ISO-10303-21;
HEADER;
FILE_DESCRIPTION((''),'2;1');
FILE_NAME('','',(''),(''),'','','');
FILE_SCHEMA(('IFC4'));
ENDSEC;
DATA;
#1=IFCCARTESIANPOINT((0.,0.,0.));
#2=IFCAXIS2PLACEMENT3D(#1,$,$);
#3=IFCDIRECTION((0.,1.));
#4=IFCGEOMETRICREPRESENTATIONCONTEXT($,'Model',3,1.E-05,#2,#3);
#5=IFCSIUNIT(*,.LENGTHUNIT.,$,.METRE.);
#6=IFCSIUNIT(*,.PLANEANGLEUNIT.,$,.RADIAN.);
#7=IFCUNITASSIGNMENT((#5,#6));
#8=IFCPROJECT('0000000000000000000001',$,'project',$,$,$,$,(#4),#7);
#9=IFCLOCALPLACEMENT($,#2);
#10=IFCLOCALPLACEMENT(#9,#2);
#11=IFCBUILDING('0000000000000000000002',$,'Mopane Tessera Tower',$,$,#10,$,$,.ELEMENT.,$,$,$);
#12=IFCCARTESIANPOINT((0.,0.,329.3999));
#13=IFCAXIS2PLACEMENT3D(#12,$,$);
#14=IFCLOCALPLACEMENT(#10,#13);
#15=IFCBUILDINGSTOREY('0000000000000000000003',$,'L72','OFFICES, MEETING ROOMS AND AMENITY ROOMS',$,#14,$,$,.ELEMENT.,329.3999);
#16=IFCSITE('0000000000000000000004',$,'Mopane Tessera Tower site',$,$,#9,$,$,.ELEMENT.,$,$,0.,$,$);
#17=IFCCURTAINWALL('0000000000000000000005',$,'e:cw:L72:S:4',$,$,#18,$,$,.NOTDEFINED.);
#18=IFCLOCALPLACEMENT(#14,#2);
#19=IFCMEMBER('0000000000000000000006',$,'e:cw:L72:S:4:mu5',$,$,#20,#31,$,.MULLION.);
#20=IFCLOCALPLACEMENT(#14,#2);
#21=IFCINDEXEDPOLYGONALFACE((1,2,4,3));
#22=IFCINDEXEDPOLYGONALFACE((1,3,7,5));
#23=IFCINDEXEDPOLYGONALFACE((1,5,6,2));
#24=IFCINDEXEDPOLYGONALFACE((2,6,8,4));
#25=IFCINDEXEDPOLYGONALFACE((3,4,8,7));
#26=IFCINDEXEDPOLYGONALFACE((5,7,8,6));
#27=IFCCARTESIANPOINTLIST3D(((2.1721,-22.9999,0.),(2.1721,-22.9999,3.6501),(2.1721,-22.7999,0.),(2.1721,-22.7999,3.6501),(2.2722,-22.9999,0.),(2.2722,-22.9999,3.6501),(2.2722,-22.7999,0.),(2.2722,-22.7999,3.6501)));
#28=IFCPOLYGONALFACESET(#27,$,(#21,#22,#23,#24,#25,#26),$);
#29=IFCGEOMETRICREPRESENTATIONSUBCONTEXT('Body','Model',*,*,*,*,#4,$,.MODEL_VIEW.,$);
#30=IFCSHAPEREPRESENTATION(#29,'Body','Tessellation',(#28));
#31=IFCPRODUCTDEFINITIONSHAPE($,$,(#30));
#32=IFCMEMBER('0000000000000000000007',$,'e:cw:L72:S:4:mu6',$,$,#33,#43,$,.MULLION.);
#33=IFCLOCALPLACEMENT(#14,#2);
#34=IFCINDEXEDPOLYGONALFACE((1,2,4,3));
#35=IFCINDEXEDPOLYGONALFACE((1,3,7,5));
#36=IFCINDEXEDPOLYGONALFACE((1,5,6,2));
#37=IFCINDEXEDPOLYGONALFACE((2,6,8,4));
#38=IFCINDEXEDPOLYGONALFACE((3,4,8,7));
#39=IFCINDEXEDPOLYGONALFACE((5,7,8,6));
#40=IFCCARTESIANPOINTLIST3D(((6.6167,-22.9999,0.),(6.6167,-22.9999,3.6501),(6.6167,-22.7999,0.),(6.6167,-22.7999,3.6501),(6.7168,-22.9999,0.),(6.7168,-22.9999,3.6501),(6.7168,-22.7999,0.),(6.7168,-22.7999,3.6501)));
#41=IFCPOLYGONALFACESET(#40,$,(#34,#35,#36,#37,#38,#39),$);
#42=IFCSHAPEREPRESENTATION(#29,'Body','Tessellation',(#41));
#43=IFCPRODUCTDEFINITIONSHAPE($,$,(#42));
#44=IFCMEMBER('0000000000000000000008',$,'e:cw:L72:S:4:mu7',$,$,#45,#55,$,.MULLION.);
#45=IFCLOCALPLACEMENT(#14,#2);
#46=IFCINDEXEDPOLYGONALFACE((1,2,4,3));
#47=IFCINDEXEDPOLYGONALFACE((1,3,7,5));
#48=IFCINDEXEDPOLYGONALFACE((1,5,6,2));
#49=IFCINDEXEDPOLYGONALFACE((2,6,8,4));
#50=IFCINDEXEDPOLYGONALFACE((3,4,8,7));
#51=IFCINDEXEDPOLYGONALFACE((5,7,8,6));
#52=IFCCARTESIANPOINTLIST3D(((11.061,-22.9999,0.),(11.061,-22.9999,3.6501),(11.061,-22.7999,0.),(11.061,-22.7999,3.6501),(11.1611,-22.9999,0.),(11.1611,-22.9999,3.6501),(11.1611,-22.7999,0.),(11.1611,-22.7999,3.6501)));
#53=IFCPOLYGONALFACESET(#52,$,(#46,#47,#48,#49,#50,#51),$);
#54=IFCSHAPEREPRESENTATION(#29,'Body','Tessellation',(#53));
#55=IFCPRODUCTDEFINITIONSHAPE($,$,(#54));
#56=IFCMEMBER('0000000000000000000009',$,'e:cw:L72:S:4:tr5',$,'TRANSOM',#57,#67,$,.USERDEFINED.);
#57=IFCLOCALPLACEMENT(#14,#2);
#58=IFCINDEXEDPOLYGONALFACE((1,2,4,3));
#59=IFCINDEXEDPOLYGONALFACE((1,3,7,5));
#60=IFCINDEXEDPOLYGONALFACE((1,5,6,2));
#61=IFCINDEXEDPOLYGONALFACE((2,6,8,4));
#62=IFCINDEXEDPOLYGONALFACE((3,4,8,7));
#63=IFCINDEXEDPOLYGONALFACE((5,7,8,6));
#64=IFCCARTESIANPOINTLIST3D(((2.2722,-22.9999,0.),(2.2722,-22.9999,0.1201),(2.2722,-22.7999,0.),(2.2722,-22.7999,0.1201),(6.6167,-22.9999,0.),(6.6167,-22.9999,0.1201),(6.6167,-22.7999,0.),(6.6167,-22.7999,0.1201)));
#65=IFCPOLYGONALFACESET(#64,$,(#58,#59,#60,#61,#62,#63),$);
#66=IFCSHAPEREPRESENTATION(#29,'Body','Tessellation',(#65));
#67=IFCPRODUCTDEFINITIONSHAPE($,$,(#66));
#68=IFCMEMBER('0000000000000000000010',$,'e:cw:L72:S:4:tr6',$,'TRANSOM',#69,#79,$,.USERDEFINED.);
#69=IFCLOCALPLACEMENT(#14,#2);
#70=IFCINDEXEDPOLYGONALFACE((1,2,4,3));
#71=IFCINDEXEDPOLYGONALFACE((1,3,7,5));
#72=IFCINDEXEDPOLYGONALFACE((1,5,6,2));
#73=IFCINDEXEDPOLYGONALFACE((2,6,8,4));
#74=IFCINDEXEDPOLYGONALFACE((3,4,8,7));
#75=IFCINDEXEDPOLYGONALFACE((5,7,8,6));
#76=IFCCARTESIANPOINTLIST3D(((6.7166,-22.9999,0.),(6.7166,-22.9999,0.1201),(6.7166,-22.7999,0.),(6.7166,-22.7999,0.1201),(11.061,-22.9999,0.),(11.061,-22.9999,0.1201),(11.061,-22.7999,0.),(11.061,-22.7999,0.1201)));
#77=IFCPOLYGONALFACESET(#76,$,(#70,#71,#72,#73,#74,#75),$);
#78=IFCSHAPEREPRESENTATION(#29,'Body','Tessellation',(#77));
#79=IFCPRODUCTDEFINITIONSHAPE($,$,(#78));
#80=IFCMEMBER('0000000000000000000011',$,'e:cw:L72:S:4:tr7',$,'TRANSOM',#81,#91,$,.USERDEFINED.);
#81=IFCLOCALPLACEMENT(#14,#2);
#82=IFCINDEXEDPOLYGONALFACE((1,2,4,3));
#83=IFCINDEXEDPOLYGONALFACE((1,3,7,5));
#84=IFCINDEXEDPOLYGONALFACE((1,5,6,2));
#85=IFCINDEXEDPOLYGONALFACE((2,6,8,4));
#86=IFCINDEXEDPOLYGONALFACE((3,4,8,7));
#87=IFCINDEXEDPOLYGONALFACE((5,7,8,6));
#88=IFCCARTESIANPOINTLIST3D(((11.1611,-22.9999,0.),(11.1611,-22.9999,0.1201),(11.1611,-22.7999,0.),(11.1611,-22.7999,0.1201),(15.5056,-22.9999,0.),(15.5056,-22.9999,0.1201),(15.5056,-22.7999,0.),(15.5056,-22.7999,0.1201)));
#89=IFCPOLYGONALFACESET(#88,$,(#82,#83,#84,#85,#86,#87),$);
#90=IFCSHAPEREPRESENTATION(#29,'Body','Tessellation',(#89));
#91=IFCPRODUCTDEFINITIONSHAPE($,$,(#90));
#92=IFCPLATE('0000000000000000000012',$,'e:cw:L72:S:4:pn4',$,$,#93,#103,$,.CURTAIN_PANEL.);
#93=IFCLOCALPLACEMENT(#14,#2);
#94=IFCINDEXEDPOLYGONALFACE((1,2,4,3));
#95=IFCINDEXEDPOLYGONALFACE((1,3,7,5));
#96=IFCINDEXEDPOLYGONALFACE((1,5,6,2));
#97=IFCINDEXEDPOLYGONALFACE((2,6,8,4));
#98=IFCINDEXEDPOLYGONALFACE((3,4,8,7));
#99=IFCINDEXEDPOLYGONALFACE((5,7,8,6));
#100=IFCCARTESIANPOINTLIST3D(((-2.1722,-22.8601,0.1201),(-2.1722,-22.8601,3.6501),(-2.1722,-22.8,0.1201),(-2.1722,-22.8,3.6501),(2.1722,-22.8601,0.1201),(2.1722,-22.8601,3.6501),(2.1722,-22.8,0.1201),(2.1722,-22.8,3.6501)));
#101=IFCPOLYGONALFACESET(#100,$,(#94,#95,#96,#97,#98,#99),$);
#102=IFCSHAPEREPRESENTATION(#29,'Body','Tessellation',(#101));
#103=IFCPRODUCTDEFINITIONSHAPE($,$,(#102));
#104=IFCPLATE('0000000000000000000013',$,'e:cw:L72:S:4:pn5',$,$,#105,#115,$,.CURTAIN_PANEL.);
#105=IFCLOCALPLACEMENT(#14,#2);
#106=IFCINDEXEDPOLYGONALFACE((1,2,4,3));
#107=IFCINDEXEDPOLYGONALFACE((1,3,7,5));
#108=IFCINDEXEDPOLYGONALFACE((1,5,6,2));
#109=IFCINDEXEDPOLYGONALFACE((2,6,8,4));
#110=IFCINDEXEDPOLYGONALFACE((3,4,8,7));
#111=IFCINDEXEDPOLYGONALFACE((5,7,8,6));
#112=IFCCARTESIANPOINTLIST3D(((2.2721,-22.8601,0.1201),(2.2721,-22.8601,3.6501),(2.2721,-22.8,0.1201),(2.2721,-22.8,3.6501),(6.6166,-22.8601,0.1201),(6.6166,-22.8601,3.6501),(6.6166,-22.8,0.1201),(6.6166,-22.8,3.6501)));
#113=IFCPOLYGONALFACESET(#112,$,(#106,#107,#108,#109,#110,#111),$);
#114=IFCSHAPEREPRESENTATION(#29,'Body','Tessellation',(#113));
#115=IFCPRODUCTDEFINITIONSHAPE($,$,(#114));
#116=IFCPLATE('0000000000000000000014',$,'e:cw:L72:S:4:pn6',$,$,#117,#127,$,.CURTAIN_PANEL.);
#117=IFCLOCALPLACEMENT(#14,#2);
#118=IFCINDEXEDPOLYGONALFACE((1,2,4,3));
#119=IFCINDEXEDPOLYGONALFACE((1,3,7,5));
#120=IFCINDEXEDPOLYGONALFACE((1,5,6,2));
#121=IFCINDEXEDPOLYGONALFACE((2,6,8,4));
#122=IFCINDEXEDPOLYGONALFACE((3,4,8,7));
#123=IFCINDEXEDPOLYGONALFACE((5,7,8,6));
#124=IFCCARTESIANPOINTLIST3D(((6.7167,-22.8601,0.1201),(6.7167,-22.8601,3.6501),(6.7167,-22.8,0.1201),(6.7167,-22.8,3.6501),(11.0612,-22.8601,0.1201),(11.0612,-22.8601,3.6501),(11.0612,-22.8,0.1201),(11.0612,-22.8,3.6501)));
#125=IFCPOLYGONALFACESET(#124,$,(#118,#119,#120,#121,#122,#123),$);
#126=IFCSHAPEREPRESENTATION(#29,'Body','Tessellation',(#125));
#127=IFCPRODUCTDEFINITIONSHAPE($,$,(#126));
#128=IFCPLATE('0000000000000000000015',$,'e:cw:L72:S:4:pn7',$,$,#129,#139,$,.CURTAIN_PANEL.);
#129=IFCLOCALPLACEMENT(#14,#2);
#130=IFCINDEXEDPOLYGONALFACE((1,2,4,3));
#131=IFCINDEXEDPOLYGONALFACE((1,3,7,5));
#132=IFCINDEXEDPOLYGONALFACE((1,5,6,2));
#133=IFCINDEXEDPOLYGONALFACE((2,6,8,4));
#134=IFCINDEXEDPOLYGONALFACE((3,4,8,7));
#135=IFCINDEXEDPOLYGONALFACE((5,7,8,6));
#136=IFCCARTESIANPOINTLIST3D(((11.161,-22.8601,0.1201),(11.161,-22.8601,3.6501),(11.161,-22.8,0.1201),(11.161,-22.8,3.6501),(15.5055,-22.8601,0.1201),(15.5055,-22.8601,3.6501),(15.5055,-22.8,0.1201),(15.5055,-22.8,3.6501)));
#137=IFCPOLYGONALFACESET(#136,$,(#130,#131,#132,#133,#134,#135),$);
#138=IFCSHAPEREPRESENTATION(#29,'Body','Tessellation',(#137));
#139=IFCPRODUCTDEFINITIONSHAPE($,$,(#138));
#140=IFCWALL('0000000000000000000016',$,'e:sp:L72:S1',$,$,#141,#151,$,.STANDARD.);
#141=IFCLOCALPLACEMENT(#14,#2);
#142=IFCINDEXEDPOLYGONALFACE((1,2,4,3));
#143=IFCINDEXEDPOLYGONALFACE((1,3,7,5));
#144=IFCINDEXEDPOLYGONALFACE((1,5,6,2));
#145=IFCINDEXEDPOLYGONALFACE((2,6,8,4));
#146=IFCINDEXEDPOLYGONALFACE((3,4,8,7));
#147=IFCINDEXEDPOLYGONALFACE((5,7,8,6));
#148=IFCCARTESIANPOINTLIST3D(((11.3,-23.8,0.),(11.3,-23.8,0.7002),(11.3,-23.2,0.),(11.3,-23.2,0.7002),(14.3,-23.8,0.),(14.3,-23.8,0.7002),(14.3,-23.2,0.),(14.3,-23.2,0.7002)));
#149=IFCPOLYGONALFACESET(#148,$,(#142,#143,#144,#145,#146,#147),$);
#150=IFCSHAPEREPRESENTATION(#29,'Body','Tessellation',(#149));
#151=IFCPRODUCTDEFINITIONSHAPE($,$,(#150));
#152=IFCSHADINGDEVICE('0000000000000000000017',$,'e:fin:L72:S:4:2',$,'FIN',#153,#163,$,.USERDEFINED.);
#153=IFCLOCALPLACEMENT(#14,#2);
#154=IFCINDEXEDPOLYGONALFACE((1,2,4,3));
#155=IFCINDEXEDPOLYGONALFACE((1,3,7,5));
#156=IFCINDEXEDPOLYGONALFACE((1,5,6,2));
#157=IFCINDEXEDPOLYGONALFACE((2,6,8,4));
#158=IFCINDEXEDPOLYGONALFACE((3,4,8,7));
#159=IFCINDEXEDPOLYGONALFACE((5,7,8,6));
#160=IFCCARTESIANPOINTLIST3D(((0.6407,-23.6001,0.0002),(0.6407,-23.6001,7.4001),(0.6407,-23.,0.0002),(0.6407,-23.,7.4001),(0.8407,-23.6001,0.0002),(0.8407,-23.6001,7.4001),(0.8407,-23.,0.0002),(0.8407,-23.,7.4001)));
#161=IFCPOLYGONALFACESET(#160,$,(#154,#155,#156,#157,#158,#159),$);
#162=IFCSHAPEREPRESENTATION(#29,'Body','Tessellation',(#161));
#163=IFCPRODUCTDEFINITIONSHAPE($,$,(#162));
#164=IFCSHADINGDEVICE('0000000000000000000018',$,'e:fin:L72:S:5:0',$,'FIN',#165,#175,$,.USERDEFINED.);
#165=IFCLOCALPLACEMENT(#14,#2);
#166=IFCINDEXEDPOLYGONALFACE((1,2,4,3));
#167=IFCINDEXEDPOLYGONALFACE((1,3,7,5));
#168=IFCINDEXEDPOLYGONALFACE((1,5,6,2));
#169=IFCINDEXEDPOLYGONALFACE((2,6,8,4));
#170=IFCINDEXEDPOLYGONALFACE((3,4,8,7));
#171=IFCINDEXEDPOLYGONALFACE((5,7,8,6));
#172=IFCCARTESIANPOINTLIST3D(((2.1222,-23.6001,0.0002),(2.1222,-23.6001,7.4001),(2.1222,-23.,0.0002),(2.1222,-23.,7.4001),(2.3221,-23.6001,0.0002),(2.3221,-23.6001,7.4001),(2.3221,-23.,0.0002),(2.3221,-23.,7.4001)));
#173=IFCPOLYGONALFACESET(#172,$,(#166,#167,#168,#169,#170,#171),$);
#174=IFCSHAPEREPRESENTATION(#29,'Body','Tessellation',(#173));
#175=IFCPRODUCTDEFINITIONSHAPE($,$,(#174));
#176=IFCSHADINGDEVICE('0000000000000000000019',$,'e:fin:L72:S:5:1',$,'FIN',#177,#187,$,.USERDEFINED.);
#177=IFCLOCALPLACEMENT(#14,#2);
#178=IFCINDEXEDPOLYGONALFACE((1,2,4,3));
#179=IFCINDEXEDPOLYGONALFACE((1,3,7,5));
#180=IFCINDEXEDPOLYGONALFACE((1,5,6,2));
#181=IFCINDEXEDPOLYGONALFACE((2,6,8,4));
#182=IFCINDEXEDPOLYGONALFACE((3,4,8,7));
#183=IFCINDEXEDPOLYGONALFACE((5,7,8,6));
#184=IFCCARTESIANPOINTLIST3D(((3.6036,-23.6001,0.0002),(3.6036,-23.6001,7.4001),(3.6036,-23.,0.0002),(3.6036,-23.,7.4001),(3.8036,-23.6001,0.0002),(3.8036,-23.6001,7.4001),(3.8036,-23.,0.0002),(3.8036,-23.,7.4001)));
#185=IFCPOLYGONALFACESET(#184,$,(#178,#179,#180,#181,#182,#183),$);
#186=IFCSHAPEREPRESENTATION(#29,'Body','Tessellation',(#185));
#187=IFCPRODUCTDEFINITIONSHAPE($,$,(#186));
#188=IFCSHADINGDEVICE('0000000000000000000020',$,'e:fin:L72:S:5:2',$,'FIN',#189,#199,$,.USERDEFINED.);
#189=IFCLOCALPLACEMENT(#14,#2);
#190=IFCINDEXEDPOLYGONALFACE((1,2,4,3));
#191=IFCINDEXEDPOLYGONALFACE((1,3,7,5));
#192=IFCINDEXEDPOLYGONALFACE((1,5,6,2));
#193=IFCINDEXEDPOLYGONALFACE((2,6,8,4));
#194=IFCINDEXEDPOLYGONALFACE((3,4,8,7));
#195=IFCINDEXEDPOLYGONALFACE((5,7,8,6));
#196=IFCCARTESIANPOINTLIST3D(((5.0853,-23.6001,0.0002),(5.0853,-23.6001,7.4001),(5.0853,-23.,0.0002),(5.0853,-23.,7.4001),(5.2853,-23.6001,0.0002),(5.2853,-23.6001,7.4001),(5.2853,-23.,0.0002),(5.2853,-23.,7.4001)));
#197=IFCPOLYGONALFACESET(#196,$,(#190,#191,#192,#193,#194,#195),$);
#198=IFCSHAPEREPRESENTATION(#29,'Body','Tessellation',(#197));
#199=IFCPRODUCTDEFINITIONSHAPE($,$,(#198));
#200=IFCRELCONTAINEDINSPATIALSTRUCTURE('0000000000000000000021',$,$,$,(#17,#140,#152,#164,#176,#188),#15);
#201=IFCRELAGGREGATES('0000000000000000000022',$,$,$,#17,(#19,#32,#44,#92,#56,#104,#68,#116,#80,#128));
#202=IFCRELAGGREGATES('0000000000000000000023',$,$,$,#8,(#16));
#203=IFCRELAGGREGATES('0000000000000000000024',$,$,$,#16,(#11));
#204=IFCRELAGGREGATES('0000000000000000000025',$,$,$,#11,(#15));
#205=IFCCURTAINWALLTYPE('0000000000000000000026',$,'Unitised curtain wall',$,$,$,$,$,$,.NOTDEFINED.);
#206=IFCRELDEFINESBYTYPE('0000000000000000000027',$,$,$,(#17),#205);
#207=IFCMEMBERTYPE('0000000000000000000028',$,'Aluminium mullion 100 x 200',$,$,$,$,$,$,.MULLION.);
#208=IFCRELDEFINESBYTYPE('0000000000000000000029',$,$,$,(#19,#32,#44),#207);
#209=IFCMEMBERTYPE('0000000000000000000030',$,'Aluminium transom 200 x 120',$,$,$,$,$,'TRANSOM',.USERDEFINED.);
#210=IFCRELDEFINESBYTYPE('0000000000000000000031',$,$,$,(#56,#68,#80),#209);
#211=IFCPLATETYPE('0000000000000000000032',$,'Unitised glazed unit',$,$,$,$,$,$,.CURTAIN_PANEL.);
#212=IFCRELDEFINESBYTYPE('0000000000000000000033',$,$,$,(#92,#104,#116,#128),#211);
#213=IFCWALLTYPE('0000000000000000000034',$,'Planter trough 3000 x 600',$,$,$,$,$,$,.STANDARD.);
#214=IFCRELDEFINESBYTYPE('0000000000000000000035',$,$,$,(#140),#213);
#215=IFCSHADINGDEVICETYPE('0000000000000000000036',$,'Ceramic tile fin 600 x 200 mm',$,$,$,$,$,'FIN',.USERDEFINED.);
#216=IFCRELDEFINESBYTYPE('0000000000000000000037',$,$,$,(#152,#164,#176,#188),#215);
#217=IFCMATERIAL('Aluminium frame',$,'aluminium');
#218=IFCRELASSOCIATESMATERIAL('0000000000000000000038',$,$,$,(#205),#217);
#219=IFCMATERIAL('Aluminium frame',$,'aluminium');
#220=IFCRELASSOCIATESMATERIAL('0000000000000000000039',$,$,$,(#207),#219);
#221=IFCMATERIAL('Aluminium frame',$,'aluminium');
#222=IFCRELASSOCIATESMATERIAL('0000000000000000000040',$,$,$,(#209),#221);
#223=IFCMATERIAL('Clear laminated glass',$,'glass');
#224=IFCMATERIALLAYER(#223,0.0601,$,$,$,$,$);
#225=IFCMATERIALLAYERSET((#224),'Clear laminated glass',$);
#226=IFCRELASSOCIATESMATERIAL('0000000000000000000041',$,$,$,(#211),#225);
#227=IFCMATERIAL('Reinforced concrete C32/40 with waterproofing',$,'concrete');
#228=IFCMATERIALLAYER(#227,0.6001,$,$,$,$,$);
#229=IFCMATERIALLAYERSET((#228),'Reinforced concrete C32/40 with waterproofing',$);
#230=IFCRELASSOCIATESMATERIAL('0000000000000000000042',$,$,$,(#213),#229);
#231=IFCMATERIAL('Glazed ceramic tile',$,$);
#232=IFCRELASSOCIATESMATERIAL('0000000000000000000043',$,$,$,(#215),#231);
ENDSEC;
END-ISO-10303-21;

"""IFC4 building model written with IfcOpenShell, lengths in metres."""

from ifc_helpers import new_model, si_unit, direction, frame, frame_2d, origin, origin_2d, place, context, subcontext, project, spatial, rectangle, extrude, material, layer, layer_set, material_profile, profile_set, type_object, element, aggregate, save


model = new_model("IFC4")

# Units and contexts
model_context = context("Model", 3, precision=1e-05, world=origin(), true_north=direction((0.0, 1.0)))
body_context = subcontext(model_context, "Body", "Model", "MODEL_VIEW")
ifc_project = project(units=[si_unit("LENGTHUNIT", "METRE"), si_unit("PLANEANGLEUNIT", "RADIAN")], contexts=[model_context])

# Site, building, storey
site_placement = place(None, origin())
site = spatial("IfcSite", under=ifc_project, at=site_placement, Name="Mopane Tessera Tower site", CompositionType="ELEMENT", RefElevation=0.0)
building_placement = place(site_placement, origin())
building = spatial("IfcBuilding", under=site, at=building_placement, Name="Mopane Tessera Tower", CompositionType="ELEMENT")
storey_placement = place(building_placement, frame((0.0, 0.0, 329.3999)))
storey = spatial("IfcBuildingStorey", under=building, at=storey_placement, Name="L72", Description="OFFICES, MEETING ROOMS AND AMENITY ROOMS", CompositionType="ELEMENT", Elevation=329.3999)

# Curtain wall, members, plates
ifc_material_1 = material(Name="Aluminium frame", Category="aluminium")
curtain_wall_type = type_object("IfcCurtainWallType", Name="Unitised curtain wall", PredefinedType="NOTDEFINED", material=ifc_material_1)
curtain_wall_placement = place(storey_placement, origin())
curtain_wall = element("IfcCurtainWall", 1, at=curtain_wall_placement, inside=storey, type_object=curtain_wall_type, Name="e:cw:L72:S:4", PredefinedType="NOTDEFINED")
ifc_material_2 = material(Name="Aluminium frame", Category="aluminium")
ifc_material_profile_1 = material_profile(ifc_material_2, rectangle(XDim=0.1001, YDim=0.2, at=origin_2d()))
ifc_profile_set_1 = profile_set([ifc_material_profile_1], Name="Aluminium frame")
member_type_1 = type_object("IfcMemberType", Name="Aluminium mullion 100 x 200", PredefinedType="MULLION", material=ifc_profile_set_1)
member_1_placement = place(storey_placement, frame((2.2222, -22.8999, 0.0), z_axis=(0.0, 0.0, 1.0), x_axis=(1.0, 0.0, 0.0)))
member_1 = element("IfcMember", 2, at=member_1_placement, type_object=member_type_1, Name="e:cw:L72:S:4:mu5", PredefinedType="MULLION", context=body_context, shape_type="SweptSolid", body=[
    extrude(rectangle(XDim=0.1001, YDim=0.2, at=origin_2d()), origin(), (0.0, 0.0, 1.0), 3.6501),
])
member_2_placement = place(storey_placement, frame((6.6667, -22.8999, 0.0), z_axis=(0.0, 0.0, 1.0), x_axis=(1.0, 0.0, 0.0)))
member_2 = element("IfcMember", 3, at=member_2_placement, type_object=member_type_1, Name="e:cw:L72:S:4:mu6", PredefinedType="MULLION", context=body_context, shape_type="SweptSolid", body=[
    extrude(rectangle(XDim=0.1001, YDim=0.2, at=origin_2d()), origin(), (0.0, 0.0, 1.0), 3.6501),
])
member_3_placement = place(storey_placement, frame((11.1111, -22.8999, 0.0), z_axis=(0.0, 0.0, 1.0), x_axis=(1.0, 0.0, 0.0)))
member_3 = element("IfcMember", 4, at=member_3_placement, type_object=member_type_1, Name="e:cw:L72:S:4:mu7", PredefinedType="MULLION", context=body_context, shape_type="SweptSolid", body=[
    extrude(rectangle(XDim=0.1001, YDim=0.2, at=origin_2d()), origin(), (0.0, 0.0, 1.0), 3.6501),
])
ifc_material_3 = material(Name="Aluminium frame", Category="aluminium")
ifc_material_profile_2 = material_profile(ifc_material_3, rectangle(XDim=0.2, YDim=0.1201, at=origin_2d()))
ifc_profile_set_2 = profile_set([ifc_material_profile_2], Name="Aluminium frame")
member_type_2 = type_object("IfcMemberType", Name="Aluminium transom 200 x 120", ElementType="TRANSOM", PredefinedType="USERDEFINED", material=ifc_profile_set_2)
member_4_placement = place(storey_placement, frame((2.2722, -22.8999, 0.0601), z_axis=(1.0, 0.0, 0.0), x_axis=(0.0, 1.0, 0.0)))
member_4 = element("IfcMember", 5, at=member_4_placement, type_object=member_type_2, Name="e:cw:L72:S:4:tr5", ObjectType="TRANSOM", PredefinedType="USERDEFINED", context=body_context, shape_type="SweptSolid", body=[
    extrude(rectangle(XDim=0.2, YDim=0.1201, at=origin_2d()), origin(), (0.0, 0.0, 1.0), 4.3445),
])
member_5_placement = place(storey_placement, frame((6.7166, -22.8999, 0.0601), z_axis=(1.0, 0.0, 0.0), x_axis=(0.0, 1.0, 0.0)))
member_5 = element("IfcMember", 6, at=member_5_placement, type_object=member_type_2, Name="e:cw:L72:S:4:tr6", ObjectType="TRANSOM", PredefinedType="USERDEFINED", context=body_context, shape_type="SweptSolid", body=[
    extrude(rectangle(XDim=0.2, YDim=0.1201, at=origin_2d()), origin(), (0.0, 0.0, 1.0), 4.3445),
])
member_6_placement = place(storey_placement, frame((11.1611, -22.8999, 0.0601), z_axis=(1.0, 0.0, 0.0), x_axis=(0.0, 1.0, 0.0)))
member_6 = element("IfcMember", 7, at=member_6_placement, type_object=member_type_2, Name="e:cw:L72:S:4:tr7", ObjectType="TRANSOM", PredefinedType="USERDEFINED", context=body_context, shape_type="SweptSolid", body=[
    extrude(rectangle(XDim=0.2, YDim=0.1201, at=origin_2d()), origin(), (0.0, 0.0, 1.0), 4.3445),
])
ifc_material_4 = material(Name="Clear laminated glass", Category="glass")
ifc_layer_1 = layer(ifc_material_4, 0.0601)
ifc_layer_set_1 = layer_set([ifc_layer_1], Name="Clear laminated glass")
plate_type = type_object("IfcPlateType", Name="Unitised glazed unit", PredefinedType="CURTAIN_PANEL", material=ifc_layer_set_1)
plate_1_placement = place(storey_placement, frame((0.0, -22.8301, 0.1201), z_axis=(0.0, 0.0, 1.0), x_axis=(1.0, 0.0, 0.0)))
plate_1 = element("IfcPlate", 8, at=plate_1_placement, type_object=plate_type, Name="e:cw:L72:S:4:pn4", PredefinedType="CURTAIN_PANEL", context=body_context, shape_type="SweptSolid", body=[
    extrude(rectangle(XDim=4.3445, YDim=0.0601, at=origin_2d()), origin(), (0.0, 0.0, 1.0), 3.53),
])
plate_2_placement = place(storey_placement, frame((4.4443, -22.8301, 0.1201), z_axis=(0.0, 0.0, 1.0), x_axis=(1.0, 0.0, 0.0)))
plate_2 = element("IfcPlate", 9, at=plate_2_placement, type_object=plate_type, Name="e:cw:L72:S:4:pn5", PredefinedType="CURTAIN_PANEL", context=body_context, shape_type="SweptSolid", body=[
    extrude(rectangle(XDim=4.3445, YDim=0.0601, at=origin_2d()), origin(), (0.0, 0.0, 1.0), 3.53),
])
plate_3_placement = place(storey_placement, frame((8.8889, -22.8301, 0.1201), z_axis=(0.0, 0.0, 1.0), x_axis=(1.0, 0.0, 0.0)))
plate_3 = element("IfcPlate", 10, at=plate_3_placement, type_object=plate_type, Name="e:cw:L72:S:4:pn6", PredefinedType="CURTAIN_PANEL", context=body_context, shape_type="SweptSolid", body=[
    extrude(rectangle(XDim=4.3445, YDim=0.0601, at=origin_2d()), origin(), (0.0, 0.0, 1.0), 3.53),
])
plate_4_placement = place(storey_placement, frame((13.3333, -22.8301, 0.1201), z_axis=(0.0, 0.0, 1.0), x_axis=(1.0, 0.0, 0.0)))
plate_4 = element("IfcPlate", 11, at=plate_4_placement, type_object=plate_type, Name="e:cw:L72:S:4:pn7", PredefinedType="CURTAIN_PANEL", context=body_context, shape_type="SweptSolid", body=[
    extrude(rectangle(XDim=4.3445, YDim=0.0601, at=origin_2d()), origin(), (0.0, 0.0, 1.0), 3.53),
])
aggregate(curtain_wall, [member_1, member_2, member_3, plate_1, member_4, plate_2, member_5, plate_3, member_6, plate_4])

# Wall
ifc_material_5 = material(Name="Reinforced concrete C32/40 with waterproofing", Category="concrete")
ifc_layer_2 = layer(ifc_material_5, 0.6001)
ifc_layer_set_2 = layer_set([ifc_layer_2], Name="Reinforced concrete C32/40 with waterproofing")
wall_type = type_object("IfcWallType", Name="Planter trough 3000 x 600", PredefinedType="STANDARD", material=ifc_layer_set_2)
wall_placement = place(storey_placement, frame((11.3, -23.5, 0.0), z_axis=(0.0, 0.0, 1.0), x_axis=(1.0, 0.0, 0.0)))
element("IfcWall", 12, at=wall_placement, inside=storey, type_object=wall_type, Name="e:sp:L72:S1", PredefinedType="STANDARD", context=body_context, shape_type="SweptSolid", body=[
    extrude(rectangle(XDim=3.0, YDim=0.6001, at=frame_2d((1.5, 0.0))), origin(), (0.0, 0.0, 1.0), 0.7002),
])

# Shading devices
ifc_material_6 = material(Name="Glazed ceramic tile")
shading_device_type = type_object("IfcShadingDeviceType", Name="Ceramic tile fin 600 x 200 mm", ElementType="FIN", PredefinedType="USERDEFINED", material=ifc_material_6)
for number, where, z_axis, x_axis, name in (
    (13, (0.7407, -23.3, 0.0002), (0.0, 0.0, 1.0), (1.0, 0.0, 0.0), "e:fin:L72:S:4:2"),
    (14, (2.2222, -23.3, 0.0002), (0.0, 0.0, 1.0), (1.0, 0.0, 0.0), "e:fin:L72:S:5:0"),
    (15, (3.7036, -23.3, 0.0002), (0.0, 0.0, 1.0), (1.0, 0.0, 0.0), "e:fin:L72:S:5:1"),
    (16, (5.1853, -23.3, 0.0002), (0.0, 0.0, 1.0), (1.0, 0.0, 0.0), "e:fin:L72:S:5:2"),
):
    element("IfcShadingDevice", number, at=place(storey_placement, frame(where, z_axis=z_axis, x_axis=x_axis)), inside=storey, type_object=shading_device_type, Name=name, ObjectType="FIN", PredefinedType="USERDEFINED", context=body_context, shape_type="SweptSolid", body=[
        extrude(rectangle(XDim=0.2, YDim=0.6001, at=origin_2d()), origin(), (0.0, 0.0, 1.0), 7.3999),
    ])

save(model, "model.ifc")
